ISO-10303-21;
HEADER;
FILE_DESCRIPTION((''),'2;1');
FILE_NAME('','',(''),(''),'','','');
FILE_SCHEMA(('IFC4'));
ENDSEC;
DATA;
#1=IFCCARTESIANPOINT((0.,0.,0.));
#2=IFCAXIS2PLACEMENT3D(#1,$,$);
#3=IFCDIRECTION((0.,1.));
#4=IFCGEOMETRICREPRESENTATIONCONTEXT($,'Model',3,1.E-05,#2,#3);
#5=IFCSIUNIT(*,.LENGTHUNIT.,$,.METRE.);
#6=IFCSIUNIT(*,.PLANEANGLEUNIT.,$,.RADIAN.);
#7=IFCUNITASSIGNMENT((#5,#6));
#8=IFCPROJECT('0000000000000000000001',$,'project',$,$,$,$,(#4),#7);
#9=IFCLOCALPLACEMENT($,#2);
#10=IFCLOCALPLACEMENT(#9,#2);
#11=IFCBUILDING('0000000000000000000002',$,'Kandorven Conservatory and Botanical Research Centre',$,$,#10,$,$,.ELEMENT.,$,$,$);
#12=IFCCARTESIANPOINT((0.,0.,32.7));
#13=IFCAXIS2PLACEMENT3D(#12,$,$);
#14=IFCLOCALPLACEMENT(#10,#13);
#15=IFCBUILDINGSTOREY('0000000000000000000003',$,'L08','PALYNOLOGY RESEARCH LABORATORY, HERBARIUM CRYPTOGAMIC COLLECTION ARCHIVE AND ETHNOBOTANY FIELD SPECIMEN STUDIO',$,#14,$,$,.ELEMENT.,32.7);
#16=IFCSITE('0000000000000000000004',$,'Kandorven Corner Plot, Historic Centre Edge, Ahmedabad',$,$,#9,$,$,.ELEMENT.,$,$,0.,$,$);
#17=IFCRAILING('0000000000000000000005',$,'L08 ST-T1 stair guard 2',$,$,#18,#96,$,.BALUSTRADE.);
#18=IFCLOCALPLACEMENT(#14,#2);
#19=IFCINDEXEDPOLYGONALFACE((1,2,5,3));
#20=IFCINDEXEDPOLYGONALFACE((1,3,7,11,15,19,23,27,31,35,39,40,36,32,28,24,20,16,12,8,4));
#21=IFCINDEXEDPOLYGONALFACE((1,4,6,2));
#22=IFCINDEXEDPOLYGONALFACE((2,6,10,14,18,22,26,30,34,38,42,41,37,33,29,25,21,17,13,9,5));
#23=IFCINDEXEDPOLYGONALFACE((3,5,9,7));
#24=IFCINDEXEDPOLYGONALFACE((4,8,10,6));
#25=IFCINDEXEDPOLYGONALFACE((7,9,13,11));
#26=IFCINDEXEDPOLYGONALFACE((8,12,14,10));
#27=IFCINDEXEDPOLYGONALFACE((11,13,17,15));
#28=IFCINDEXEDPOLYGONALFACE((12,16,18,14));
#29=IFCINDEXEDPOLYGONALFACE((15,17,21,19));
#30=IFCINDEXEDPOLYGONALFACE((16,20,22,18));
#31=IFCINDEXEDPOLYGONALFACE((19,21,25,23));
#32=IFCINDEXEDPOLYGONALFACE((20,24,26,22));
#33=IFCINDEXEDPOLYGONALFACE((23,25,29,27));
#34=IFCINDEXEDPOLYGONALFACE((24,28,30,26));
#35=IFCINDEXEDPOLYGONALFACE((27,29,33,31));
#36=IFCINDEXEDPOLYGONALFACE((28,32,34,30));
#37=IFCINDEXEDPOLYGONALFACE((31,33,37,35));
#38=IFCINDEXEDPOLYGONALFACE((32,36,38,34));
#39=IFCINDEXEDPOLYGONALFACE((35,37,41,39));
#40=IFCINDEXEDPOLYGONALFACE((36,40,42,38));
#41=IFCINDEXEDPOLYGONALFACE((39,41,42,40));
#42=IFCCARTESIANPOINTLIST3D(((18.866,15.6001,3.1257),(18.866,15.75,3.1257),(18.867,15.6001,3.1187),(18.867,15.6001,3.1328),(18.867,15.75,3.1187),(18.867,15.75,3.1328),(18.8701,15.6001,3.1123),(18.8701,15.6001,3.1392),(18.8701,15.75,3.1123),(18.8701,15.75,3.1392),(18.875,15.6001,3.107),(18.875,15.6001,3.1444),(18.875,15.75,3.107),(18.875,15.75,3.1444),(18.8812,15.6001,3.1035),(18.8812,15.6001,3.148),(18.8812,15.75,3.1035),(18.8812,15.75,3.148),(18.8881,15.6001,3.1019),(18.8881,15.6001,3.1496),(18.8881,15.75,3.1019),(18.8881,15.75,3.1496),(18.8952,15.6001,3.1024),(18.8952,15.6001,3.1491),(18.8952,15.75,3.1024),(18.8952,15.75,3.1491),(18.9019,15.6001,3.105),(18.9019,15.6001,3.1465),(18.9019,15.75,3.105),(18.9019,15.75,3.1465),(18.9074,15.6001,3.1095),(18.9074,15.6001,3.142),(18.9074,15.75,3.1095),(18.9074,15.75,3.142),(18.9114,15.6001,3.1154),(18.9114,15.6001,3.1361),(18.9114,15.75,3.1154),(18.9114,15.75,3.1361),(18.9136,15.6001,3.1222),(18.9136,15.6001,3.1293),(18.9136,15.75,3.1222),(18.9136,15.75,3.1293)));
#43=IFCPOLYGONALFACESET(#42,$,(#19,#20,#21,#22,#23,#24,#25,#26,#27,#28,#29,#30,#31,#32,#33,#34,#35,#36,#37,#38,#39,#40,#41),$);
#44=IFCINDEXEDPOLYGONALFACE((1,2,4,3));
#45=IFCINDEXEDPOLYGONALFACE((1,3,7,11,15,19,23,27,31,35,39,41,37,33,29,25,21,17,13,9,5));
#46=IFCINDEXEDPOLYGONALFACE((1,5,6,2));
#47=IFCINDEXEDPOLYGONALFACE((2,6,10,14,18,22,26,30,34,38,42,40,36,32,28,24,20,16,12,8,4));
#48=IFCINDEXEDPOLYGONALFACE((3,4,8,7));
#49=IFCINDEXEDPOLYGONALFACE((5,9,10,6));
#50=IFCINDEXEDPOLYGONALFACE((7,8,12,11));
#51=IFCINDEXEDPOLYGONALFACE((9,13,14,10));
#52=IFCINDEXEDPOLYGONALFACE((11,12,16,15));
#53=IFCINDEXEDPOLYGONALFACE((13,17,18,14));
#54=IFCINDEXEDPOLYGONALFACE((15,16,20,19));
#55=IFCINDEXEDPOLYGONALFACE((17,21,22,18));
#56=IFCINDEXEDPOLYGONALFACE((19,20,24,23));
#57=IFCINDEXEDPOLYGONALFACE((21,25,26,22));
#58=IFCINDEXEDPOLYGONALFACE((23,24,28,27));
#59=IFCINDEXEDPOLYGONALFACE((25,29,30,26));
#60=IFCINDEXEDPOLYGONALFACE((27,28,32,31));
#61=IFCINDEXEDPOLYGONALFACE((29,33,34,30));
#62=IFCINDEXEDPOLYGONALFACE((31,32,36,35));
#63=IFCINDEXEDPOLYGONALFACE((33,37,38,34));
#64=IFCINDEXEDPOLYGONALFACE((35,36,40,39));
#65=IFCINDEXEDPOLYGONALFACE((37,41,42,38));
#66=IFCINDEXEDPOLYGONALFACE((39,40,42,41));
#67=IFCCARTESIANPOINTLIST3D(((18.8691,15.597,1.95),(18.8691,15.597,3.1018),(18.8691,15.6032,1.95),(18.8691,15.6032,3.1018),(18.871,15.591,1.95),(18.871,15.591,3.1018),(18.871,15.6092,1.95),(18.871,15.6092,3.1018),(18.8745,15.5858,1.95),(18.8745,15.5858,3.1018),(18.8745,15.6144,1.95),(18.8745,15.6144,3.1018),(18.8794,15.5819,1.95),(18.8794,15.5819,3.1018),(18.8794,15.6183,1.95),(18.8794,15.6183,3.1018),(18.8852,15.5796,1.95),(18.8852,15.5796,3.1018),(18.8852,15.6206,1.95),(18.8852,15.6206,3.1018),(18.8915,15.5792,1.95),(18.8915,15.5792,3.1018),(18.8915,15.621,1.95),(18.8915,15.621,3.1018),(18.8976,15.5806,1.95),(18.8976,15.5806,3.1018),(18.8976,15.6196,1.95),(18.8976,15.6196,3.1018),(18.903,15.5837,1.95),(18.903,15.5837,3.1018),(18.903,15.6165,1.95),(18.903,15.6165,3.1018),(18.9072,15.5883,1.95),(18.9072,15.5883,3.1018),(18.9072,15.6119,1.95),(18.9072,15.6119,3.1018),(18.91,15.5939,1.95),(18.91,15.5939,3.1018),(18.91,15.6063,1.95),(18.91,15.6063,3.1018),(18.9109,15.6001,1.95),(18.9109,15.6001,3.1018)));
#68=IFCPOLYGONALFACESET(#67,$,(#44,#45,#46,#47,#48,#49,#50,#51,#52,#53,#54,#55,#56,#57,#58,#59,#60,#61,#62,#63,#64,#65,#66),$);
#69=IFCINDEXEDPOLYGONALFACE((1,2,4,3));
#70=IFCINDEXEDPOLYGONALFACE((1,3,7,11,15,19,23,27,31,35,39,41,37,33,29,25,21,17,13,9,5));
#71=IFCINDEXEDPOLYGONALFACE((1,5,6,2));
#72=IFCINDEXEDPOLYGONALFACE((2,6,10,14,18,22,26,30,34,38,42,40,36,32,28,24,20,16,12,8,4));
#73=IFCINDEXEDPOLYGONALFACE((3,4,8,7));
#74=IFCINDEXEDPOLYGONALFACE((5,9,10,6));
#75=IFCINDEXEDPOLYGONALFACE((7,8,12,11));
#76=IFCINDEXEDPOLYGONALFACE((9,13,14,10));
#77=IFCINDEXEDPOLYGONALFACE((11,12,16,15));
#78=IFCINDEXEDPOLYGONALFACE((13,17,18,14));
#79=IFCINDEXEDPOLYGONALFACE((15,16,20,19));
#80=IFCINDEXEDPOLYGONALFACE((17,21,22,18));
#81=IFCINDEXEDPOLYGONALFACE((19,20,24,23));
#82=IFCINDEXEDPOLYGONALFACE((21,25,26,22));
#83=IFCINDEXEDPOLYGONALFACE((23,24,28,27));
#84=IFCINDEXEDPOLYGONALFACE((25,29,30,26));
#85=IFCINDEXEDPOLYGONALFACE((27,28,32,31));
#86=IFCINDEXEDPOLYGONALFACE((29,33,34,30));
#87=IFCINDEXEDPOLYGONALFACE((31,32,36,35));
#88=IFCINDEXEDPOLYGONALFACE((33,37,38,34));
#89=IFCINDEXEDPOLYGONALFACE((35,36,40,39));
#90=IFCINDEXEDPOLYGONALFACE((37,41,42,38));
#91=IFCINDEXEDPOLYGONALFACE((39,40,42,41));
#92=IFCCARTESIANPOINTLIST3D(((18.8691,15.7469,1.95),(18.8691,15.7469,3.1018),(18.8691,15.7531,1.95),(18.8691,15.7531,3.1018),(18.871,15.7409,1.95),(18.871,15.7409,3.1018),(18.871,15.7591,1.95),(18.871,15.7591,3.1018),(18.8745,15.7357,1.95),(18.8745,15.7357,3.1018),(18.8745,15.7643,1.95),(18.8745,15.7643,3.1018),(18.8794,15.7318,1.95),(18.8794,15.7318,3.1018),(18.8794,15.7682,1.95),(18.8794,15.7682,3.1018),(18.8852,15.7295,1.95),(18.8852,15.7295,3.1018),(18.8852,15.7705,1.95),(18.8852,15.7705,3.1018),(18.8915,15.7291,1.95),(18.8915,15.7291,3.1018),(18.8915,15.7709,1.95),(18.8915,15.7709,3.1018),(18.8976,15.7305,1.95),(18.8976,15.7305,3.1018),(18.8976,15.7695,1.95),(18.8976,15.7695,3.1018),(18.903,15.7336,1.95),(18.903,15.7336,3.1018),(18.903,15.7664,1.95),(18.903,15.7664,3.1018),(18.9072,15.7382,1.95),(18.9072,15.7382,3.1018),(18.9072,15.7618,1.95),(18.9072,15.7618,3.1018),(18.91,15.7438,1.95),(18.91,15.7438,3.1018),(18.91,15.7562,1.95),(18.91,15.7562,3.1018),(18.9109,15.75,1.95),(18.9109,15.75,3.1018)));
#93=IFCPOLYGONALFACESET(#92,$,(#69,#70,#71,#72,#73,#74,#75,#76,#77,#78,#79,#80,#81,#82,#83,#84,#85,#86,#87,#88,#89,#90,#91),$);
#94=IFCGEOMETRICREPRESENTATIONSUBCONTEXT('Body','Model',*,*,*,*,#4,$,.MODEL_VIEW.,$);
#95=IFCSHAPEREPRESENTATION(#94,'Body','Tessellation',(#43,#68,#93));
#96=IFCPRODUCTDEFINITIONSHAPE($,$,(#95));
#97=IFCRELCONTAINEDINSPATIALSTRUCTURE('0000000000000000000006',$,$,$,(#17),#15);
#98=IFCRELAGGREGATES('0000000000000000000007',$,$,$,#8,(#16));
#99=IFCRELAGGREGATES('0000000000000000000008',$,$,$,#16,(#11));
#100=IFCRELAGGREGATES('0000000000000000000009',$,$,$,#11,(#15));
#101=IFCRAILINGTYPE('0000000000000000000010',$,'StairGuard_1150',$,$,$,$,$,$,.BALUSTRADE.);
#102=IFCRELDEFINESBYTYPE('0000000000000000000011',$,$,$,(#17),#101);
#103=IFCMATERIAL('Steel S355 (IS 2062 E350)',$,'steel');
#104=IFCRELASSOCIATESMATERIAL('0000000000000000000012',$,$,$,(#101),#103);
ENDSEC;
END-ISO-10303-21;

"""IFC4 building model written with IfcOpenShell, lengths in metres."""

from ifc_helpers import new_model, si_unit, direction, frame, origin, origin_2d, place, context, subcontext, project, spatial, circle, extrude, material, type_object, element, save


model = new_model("IFC4")

# Units and contexts
model_context = context("Model", 3, precision=1e-05, world=origin(), true_north=direction((0.0, 1.0)))
body_context = subcontext(model_context, "Body", "Model", "MODEL_VIEW")
ifc_project = project(units=[si_unit("LENGTHUNIT", "METRE"), si_unit("PLANEANGLEUNIT", "RADIAN")], contexts=[model_context])

# Site, building, storey
site_placement = place(None, origin())
site = spatial("IfcSite", under=ifc_project, at=site_placement, Name="Kandorven Corner Plot, Historic Centre Edge, Ahmedabad", CompositionType="ELEMENT", RefElevation=0.0)
building_placement = place(site_placement, origin())
building = spatial("IfcBuilding", under=site, at=building_placement, Name="Kandorven Conservatory and Botanical Research Centre", CompositionType="ELEMENT")
storey_placement = place(building_placement, frame((0.0, 0.0, 32.7)))
storey = spatial("IfcBuildingStorey", under=building, at=storey_placement, Name="L08", Description="PALYNOLOGY RESEARCH LABORATORY, HERBARIUM CRYPTOGAMIC COLLECTION ARCHIVE AND ETHNOBOTANY FIELD SPECIMEN STUDIO", CompositionType="ELEMENT", Elevation=32.7)

# Railing
ifc_material_1 = material(Name="Steel S355 (IS 2062 E350)", Category="steel")
railing_type_1 = type_object("IfcRailingType", Name="StairGuard_1150", PredefinedType="BALUSTRADE", material=ifc_material_1)
railing_1_placement = place(storey_placement, frame((18.8899, 15.6001, 1.95)))
element("IfcRailing", 1, at=railing_1_placement, inside=storey, type_object=railing_type_1, Name="L08 ST-T1 stair guard 2", PredefinedType="BALUSTRADE", context=body_context, shape_type="SweptSolid", body=[
    extrude(circle(Radius=0.0239, at=origin_2d()), frame((0.0, 0.0, 1.1758), z_axis=(0.0, 1.0, 0.0), x_axis=(-1.0, 0.0, 0.0)), (0.0, 0.0, 1.0), 0.1499),
    extrude(circle(Radius=0.021, at=origin_2d()), origin(), (0.0, 0.0, 1.0), 1.1519),
    extrude(circle(Radius=0.021, at=origin_2d()), frame((0.0, 0.1499, 0.0)), (0.0, 0.0, 1.0), 1.1519),
])

save(model, "model.ifc")
